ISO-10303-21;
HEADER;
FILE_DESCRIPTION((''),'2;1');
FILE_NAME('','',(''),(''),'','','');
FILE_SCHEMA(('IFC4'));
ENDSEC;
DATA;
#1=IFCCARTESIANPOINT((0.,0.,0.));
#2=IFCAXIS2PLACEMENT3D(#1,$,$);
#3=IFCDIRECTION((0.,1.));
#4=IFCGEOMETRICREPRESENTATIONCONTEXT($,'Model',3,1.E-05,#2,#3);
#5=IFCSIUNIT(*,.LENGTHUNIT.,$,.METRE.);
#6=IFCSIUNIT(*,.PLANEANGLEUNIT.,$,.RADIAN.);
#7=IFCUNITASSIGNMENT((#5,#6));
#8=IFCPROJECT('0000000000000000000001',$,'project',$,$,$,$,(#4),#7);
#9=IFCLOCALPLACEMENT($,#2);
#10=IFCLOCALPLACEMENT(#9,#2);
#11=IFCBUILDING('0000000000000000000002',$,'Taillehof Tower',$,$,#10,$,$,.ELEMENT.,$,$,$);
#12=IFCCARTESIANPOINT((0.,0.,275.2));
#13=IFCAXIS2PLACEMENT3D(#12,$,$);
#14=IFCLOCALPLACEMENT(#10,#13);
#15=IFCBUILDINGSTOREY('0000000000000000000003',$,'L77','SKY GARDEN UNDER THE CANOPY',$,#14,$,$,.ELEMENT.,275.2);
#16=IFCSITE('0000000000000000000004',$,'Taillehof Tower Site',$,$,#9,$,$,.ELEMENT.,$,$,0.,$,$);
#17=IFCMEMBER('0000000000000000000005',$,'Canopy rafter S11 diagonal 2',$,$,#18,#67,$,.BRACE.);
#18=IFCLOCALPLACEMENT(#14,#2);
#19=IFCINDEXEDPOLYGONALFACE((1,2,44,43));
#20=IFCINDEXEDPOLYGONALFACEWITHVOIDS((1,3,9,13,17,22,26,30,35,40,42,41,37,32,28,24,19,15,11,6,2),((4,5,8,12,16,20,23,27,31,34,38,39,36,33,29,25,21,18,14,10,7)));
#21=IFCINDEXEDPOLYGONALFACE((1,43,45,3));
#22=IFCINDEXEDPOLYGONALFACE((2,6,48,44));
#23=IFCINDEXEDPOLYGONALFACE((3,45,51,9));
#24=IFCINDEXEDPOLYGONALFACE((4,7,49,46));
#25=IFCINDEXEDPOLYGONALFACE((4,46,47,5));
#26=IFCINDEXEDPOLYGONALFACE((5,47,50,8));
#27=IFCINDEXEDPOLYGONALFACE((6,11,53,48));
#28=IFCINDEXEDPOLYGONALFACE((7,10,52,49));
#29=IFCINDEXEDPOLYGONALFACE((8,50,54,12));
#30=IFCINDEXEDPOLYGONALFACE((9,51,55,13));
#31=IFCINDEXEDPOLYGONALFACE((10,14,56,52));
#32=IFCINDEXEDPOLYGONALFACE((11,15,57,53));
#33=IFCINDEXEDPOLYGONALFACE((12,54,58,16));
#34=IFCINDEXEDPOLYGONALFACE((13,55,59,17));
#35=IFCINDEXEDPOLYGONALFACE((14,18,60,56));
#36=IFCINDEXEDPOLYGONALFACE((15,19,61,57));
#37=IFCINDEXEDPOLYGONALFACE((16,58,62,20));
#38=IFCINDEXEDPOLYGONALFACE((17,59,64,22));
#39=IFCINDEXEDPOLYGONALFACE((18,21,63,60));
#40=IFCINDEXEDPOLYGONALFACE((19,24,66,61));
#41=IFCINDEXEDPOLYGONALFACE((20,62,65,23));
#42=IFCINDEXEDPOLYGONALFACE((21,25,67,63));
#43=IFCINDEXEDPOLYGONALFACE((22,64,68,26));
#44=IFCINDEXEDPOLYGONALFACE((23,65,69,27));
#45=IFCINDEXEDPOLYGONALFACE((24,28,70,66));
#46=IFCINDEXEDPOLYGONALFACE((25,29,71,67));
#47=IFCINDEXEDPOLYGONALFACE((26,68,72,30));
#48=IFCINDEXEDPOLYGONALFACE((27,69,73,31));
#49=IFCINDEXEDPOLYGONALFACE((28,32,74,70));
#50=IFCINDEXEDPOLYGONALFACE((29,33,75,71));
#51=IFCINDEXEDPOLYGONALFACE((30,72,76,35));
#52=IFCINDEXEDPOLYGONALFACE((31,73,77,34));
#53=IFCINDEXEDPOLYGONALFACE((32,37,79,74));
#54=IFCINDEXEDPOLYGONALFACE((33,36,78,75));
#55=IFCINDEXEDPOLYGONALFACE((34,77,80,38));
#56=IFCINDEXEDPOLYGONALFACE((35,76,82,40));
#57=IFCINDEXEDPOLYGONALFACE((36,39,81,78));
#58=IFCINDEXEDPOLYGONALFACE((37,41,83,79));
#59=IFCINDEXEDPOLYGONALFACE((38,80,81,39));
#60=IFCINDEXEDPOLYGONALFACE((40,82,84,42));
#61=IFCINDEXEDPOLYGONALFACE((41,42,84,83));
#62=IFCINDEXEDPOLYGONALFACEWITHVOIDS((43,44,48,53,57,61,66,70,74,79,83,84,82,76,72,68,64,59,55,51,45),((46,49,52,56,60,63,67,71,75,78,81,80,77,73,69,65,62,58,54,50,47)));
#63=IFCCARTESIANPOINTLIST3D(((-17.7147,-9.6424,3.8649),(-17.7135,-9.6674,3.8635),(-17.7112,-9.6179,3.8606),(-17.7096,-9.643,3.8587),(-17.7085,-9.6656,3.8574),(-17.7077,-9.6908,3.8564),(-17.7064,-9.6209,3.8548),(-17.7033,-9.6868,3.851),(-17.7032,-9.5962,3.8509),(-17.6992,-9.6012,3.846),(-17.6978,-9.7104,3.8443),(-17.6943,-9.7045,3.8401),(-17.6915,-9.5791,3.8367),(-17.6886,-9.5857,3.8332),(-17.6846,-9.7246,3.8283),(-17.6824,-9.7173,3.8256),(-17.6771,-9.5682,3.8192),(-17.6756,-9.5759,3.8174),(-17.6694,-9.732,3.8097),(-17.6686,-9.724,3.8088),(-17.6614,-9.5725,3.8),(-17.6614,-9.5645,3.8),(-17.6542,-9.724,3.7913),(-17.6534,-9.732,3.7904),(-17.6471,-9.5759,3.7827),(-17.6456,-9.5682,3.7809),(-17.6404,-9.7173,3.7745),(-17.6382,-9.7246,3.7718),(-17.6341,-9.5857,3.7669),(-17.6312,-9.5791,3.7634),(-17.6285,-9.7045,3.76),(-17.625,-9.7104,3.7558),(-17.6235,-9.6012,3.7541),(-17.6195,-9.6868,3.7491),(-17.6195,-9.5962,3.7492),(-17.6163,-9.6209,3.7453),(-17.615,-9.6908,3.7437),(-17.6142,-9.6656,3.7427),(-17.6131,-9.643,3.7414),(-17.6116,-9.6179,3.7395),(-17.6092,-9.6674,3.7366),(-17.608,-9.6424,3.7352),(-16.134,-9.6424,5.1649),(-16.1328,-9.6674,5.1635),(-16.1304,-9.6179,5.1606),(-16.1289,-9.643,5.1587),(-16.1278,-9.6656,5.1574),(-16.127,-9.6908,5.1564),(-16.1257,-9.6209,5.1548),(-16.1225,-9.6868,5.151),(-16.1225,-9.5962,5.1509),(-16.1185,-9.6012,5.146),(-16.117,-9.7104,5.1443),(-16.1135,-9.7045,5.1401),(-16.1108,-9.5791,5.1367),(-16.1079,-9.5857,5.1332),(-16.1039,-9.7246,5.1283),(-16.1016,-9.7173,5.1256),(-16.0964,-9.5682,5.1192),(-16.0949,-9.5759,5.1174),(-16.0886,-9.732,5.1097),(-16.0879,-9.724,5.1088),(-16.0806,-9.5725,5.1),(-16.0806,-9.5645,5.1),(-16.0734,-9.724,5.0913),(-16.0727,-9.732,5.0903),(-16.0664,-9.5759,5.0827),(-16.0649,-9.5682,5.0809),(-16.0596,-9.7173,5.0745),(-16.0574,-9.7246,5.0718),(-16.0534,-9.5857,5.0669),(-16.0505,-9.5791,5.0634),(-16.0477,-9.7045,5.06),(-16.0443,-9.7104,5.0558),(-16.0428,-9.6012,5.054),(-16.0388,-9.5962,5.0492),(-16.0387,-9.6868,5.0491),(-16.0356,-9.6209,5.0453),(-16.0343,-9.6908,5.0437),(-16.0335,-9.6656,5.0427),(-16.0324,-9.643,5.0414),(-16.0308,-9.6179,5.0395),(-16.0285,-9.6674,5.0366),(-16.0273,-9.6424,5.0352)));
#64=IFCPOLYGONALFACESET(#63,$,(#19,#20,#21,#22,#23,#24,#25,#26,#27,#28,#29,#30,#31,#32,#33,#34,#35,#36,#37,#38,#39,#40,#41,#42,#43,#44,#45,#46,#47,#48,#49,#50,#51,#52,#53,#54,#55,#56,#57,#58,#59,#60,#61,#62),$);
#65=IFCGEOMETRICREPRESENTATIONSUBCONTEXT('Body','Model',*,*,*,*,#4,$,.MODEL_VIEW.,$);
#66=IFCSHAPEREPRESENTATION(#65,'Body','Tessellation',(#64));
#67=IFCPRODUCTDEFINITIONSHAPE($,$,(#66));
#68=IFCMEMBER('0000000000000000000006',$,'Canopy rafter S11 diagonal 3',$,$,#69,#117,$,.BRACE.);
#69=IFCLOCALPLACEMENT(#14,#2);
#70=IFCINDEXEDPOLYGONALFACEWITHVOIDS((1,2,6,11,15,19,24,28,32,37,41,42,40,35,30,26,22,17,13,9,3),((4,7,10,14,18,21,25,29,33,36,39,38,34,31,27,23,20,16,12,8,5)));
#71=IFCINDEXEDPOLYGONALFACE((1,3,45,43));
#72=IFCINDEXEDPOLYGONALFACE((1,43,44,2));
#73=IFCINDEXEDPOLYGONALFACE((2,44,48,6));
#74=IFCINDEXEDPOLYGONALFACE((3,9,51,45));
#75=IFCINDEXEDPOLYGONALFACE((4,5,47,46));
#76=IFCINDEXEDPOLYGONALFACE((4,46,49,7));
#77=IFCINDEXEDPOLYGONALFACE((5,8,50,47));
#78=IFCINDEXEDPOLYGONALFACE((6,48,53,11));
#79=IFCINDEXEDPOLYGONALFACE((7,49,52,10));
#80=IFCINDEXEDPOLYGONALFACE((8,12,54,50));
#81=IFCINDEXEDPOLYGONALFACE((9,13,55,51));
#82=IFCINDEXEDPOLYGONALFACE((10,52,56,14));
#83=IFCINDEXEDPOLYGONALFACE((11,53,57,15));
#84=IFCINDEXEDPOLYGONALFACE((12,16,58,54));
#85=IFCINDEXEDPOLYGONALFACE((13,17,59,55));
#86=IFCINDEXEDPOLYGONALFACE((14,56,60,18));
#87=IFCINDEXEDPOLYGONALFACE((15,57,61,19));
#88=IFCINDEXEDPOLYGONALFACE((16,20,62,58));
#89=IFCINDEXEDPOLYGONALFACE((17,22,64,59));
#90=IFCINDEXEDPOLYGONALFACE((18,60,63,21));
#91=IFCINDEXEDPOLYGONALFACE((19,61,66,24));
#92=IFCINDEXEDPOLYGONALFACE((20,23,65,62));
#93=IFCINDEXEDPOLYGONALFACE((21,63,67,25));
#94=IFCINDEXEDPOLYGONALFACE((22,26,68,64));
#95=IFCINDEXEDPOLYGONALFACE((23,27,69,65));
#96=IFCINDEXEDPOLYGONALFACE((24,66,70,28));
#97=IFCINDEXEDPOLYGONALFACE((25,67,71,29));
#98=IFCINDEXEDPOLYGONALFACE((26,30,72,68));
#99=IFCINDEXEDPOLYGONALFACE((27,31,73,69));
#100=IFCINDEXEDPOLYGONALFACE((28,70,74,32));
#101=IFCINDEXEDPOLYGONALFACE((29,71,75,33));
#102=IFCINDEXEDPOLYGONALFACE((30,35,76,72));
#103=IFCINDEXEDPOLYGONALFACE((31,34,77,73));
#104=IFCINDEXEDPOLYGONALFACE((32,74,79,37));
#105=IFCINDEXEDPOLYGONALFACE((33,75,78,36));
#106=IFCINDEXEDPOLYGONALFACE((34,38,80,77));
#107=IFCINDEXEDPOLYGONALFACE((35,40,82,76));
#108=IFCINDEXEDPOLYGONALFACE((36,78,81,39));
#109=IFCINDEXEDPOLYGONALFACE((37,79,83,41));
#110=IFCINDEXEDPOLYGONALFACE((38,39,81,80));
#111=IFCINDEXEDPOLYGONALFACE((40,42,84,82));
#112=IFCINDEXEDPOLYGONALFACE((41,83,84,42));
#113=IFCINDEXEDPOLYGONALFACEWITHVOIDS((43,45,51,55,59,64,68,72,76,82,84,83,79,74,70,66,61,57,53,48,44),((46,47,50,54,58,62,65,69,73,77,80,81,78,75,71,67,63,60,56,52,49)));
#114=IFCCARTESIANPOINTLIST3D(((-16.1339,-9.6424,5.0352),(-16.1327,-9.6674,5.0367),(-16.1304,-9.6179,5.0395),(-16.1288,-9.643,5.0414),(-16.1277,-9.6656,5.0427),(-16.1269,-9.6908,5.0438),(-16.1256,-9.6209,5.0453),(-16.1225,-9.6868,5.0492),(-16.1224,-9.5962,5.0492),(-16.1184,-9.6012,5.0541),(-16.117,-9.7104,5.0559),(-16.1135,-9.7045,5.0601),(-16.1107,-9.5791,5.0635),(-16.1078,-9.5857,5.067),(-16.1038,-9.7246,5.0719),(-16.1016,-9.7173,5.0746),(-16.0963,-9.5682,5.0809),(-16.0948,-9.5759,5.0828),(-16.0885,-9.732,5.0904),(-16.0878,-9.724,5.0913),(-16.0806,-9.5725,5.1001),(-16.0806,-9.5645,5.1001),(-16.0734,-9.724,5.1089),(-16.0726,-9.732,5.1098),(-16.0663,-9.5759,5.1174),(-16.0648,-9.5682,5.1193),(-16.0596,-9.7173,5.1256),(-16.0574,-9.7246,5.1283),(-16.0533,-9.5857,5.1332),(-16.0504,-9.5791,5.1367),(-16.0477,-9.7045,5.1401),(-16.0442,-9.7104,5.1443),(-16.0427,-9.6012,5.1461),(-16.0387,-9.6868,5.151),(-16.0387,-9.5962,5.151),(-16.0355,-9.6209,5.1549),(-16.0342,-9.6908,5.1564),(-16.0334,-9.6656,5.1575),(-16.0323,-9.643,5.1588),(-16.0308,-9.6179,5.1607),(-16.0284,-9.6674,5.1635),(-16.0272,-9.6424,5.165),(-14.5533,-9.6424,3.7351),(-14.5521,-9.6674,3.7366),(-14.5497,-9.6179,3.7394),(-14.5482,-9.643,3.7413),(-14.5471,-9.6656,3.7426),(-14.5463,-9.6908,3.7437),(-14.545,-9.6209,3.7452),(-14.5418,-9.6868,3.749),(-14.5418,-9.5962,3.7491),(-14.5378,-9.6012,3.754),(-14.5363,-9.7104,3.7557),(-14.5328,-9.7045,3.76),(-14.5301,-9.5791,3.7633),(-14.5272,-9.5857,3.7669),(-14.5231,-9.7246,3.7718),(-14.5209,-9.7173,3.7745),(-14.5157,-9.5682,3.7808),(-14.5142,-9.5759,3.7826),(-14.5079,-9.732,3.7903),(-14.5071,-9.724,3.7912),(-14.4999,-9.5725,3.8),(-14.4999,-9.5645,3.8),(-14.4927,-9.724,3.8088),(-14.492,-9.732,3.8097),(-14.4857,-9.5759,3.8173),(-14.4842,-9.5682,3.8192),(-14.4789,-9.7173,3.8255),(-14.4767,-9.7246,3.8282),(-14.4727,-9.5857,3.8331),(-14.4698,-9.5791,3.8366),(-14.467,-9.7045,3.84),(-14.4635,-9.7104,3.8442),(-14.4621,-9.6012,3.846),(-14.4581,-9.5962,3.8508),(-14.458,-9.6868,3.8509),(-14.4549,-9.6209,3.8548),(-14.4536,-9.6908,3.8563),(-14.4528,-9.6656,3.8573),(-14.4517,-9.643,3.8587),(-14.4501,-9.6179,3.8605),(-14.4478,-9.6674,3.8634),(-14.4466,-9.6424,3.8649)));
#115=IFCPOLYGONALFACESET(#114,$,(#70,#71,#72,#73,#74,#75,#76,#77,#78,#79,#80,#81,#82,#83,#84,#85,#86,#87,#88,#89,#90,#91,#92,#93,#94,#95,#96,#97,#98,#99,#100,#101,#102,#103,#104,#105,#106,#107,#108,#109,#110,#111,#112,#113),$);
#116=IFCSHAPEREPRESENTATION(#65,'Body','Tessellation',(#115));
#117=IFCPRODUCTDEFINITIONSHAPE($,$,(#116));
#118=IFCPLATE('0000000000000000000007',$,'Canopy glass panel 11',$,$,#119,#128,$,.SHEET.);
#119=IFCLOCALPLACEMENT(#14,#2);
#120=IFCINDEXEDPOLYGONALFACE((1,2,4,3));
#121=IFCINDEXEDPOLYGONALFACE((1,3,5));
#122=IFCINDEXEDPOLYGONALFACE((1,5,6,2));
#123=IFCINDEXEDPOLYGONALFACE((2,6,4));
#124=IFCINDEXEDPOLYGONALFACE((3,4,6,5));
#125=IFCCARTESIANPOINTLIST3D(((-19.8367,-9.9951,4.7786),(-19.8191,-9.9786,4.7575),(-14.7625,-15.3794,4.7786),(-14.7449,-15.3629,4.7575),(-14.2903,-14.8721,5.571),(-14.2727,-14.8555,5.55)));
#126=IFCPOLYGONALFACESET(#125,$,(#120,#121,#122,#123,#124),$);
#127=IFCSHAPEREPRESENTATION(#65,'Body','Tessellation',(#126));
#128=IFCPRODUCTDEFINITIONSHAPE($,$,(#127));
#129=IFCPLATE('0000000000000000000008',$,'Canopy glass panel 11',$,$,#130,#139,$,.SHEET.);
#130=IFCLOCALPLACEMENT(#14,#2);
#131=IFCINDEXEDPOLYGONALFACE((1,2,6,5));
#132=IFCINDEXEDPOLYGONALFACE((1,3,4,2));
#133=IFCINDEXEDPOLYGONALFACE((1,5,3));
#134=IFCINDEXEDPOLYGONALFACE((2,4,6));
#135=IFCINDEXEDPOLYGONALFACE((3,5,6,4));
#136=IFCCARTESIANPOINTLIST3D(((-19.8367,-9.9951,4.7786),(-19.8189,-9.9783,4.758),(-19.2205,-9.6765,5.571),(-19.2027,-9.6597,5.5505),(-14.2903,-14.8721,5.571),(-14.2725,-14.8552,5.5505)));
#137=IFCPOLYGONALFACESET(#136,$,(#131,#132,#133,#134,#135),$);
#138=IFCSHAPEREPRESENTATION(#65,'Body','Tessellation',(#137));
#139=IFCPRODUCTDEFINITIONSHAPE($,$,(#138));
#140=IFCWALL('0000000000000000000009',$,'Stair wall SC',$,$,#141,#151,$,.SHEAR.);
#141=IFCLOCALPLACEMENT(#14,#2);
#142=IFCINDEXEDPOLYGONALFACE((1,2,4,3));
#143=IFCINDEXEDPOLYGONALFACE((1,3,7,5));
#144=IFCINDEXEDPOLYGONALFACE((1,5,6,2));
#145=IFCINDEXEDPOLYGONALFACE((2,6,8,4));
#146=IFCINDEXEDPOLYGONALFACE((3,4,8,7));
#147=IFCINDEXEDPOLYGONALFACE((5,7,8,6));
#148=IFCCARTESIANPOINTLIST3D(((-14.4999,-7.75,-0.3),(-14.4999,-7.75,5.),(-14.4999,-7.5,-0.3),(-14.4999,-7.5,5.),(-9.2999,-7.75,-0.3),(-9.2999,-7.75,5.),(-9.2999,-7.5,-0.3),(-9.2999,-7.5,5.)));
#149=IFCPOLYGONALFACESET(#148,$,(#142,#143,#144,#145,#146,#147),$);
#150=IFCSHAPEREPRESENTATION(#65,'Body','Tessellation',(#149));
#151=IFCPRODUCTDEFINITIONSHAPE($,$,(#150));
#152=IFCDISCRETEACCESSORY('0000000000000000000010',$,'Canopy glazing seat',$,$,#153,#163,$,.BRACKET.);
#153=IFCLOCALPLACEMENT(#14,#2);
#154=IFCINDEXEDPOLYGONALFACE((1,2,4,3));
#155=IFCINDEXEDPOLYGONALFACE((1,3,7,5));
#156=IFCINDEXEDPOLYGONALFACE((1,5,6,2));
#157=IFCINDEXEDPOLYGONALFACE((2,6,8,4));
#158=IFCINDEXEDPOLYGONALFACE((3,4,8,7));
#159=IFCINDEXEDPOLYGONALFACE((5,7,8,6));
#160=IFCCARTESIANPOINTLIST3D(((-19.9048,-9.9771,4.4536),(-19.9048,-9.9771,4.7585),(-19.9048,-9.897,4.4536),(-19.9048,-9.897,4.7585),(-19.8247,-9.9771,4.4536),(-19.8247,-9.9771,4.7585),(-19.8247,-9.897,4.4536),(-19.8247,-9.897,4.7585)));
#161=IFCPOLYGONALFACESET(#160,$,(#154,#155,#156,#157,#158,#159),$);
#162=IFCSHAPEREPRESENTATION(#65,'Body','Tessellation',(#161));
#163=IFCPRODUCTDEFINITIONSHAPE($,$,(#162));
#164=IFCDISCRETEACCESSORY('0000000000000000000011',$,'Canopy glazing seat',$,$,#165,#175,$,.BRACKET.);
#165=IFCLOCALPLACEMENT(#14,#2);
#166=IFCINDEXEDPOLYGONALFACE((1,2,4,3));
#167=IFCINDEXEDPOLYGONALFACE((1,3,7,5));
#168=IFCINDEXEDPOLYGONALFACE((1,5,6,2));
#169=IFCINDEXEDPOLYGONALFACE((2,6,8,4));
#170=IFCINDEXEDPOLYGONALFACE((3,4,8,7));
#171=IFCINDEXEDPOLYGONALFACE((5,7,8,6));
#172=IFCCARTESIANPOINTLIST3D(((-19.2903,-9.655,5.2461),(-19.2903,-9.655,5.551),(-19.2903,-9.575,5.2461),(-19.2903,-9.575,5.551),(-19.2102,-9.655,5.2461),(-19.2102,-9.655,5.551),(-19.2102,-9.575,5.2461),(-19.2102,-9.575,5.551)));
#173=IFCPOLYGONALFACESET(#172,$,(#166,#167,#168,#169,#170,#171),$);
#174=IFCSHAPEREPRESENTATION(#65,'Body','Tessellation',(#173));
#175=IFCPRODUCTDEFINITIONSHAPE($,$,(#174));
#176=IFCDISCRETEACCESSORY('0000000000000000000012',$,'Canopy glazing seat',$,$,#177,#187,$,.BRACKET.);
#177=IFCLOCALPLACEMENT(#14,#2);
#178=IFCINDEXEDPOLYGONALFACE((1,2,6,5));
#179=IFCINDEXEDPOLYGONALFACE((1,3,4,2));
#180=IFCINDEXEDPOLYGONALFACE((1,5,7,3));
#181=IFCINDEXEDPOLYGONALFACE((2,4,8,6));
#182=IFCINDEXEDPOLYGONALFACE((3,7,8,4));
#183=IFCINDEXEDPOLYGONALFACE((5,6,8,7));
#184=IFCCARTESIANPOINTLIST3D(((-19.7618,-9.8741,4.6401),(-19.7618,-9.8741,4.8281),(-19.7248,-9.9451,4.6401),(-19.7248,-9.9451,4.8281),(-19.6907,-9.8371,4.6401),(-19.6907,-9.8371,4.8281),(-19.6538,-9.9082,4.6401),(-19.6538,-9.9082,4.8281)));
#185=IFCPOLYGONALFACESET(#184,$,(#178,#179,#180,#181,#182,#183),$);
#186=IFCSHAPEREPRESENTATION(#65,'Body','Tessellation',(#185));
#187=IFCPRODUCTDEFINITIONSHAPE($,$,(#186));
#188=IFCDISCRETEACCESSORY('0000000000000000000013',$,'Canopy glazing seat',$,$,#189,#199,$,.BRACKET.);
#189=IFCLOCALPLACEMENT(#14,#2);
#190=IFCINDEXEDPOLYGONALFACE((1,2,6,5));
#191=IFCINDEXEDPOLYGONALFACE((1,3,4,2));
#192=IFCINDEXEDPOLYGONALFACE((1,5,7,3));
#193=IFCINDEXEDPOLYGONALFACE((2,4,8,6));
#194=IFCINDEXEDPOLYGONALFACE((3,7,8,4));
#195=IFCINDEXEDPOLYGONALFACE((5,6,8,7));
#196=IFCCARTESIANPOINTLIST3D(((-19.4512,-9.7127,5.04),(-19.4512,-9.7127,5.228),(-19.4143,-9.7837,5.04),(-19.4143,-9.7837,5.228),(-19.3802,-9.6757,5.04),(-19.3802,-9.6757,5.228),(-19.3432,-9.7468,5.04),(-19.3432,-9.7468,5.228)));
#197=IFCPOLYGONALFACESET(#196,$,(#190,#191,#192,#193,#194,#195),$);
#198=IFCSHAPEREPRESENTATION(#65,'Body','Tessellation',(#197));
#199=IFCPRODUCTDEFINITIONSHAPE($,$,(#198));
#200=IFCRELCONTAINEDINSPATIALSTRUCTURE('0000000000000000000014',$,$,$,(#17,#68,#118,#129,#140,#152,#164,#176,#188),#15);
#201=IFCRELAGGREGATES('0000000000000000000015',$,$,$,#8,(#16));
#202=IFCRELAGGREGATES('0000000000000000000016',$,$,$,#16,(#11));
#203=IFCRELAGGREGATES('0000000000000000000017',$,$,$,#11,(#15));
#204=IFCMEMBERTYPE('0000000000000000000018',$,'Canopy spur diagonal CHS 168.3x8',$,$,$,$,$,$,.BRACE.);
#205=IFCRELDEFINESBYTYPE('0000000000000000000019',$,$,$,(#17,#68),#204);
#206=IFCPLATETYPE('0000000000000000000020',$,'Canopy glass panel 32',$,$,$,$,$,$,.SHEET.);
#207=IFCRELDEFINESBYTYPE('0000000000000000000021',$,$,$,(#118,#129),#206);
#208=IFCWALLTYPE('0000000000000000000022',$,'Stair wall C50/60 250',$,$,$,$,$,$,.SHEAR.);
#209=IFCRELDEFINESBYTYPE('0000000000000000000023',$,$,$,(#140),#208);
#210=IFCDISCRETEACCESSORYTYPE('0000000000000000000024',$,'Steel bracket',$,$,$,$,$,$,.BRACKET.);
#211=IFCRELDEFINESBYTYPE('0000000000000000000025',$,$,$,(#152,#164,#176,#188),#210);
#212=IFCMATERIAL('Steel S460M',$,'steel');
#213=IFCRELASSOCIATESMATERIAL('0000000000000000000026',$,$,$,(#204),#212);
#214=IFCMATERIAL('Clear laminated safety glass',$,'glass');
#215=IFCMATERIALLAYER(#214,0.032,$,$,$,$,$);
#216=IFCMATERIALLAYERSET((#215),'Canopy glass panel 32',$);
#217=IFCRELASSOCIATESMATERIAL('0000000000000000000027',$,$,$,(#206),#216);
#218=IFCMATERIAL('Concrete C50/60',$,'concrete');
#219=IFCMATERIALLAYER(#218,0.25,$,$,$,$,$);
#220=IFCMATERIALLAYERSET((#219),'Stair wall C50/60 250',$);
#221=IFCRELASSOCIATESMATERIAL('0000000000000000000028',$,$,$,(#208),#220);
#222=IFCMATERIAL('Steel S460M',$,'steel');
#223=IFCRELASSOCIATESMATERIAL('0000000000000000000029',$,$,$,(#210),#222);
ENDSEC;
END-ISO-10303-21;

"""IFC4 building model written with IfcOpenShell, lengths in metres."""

from ifc_helpers import new_model, si_unit, direction, frame, frame_2d, origin, origin_2d, place, context, subcontext, project, spatial, polyline, rectangle, hollow_circle, outline, extrude, material, layer, layer_set, material_profile, profile_set, type_object, element, save


model = new_model("IFC4")

# Units and contexts
model_context = context("Model", 3, precision=1e-05, world=origin(), true_north=direction((0.0, 1.0)))
body_context = subcontext(model_context, "Body", "Model", "MODEL_VIEW")
ifc_project = project(units=[si_unit("LENGTHUNIT", "METRE"), si_unit("PLANEANGLEUNIT", "RADIAN")], contexts=[model_context])

# Site, building, storey
site_placement = place(None, origin())
site = spatial("IfcSite", under=ifc_project, at=site_placement, Name="Taillehof Tower Site", CompositionType="ELEMENT", RefElevation=0.0)
building_placement = place(site_placement, origin())
building = spatial("IfcBuilding", under=site, at=building_placement, Name="Taillehof Tower", CompositionType="ELEMENT")
storey_placement = place(building_placement, frame((0.0, 0.0, 275.2)))
storey = spatial("IfcBuildingStorey", under=building, at=storey_placement, Name="L77", Description="SKY GARDEN UNDER THE CANOPY", CompositionType="ELEMENT", Elevation=275.2)

# Members
ifc_material_1 = material(Name="Steel S460M", Category="steel")
ifc_material_profile_1 = material_profile(ifc_material_1, hollow_circle(Radius=0.0842, WallThickness=0.0081, at=origin_2d()), Name="CHS 168.3x8")
ifc_profile_set_1 = profile_set([ifc_material_profile_1], Name="Steel S460M")
member_type_1 = type_object("IfcMemberType", Name="Canopy spur diagonal CHS 168.3x8", PredefinedType="BRACE", material=ifc_profile_set_1)
for number, where, z_axis, x_axis, name in (
    (1, (-17.6614, -9.6487, 3.8), (0.77236, 0.0, 0.635184), (0.0, 1.0, 0.0), "Canopy rafter S11 diagonal 2"),
    (2, (-16.0806, -9.6487, 5.1001), (0.772312, 0.0, -0.635243), (0.0, 1.0, 0.0), "Canopy rafter S11 diagonal 3"),
):
    element("IfcMember", number, at=place(storey_placement, frame(where, z_axis=z_axis, x_axis=x_axis)), inside=storey, type_object=member_type_1, Name=name, PredefinedType="BRACE", context=body_context, shape_type="SweptSolid", body=[
        extrude(hollow_circle(Radius=0.0842, WallThickness=0.0081, at=origin_2d()), origin(), (0.0, 0.0, 1.0), 2.0466),
    ])

# Plates
ifc_material_2 = material(Name="Clear laminated safety glass", Category="glass")
ifc_layer_1 = layer(ifc_material_2, 0.032)
ifc_layer_set_1 = layer_set([ifc_layer_1], Name="Canopy glass panel 32")
plate_type = type_object("IfcPlateType", Name="Canopy glass panel 32", PredefinedType="SHEET", material=ifc_layer_set_1)
plate_1_placement = place(storey_placement, frame((-19.8367, -9.9951, 4.7786), z_axis=(-0.548324, -0.516748, 0.657505), x_axis=(0.685842, -0.72775, 0.0)))
element("IfcPlate", 3, at=plate_1_placement, inside=storey, type_object=plate_type, Name="Canopy glass panel 11", PredefinedType="SHEET", context=body_context, shape_type="SweptSolid", body=[
    extrude(outline(polyline([(0.0, 0.0), (7.3985, 0.0), (7.3532, 1.0518), (0.0, 0.0)])), origin(), (0.0, 0.0, -1.0), 0.032),
])
plate_2_placement = place(storey_placement, frame((-19.8367, -9.9951, 4.7786), z_axis=(-0.555222, -0.526862, 0.643541), x_axis=(0.746687, -0.656564, 0.106688)))
element("IfcPlate", 4, at=plate_2_placement, inside=storey, type_object=plate_type, Name="Canopy glass panel 11", PredefinedType="SHEET", context=body_context, shape_type="SweptSolid", body=[
    extrude(outline(polyline([(0.0, 0.0), (7.428, 0.0), (0.3355, 0.9983), (0.0, 0.0)])), origin(), (0.0, 0.0, -1.0), 0.032),
])

# Wall
ifc_material_3 = material(Name="Concrete C50/60", Category="concrete")
ifc_layer_2 = layer(ifc_material_3, 0.25)
ifc_layer_set_2 = layer_set([ifc_layer_2], Name="Stair wall C50/60 250")
wall_type = type_object("IfcWallType", Name="Stair wall C50/60 250", PredefinedType="SHEAR", material=ifc_layer_set_2)
wall_placement = place(storey_placement, frame((-14.5, -7.625, -0.3), z_axis=(0.0, 0.0, 1.0), x_axis=(1.0, 0.0, 0.0)))
element("IfcWall", 5, at=wall_placement, inside=storey, type_object=wall_type, Name="Stair wall SC", PredefinedType="SHEAR", context=body_context, shape_type="SweptSolid", body=[
    extrude(rectangle(XDim=5.2, YDim=0.25, at=frame_2d((2.6001, 0.0))), origin(), (0.0, 0.0, 1.0), 5.3),
])

# Discrete accessories
ifc_material_4 = material(Name="Steel S460M", Category="steel")
discrete_accessory_type_1 = type_object("IfcDiscreteAccessoryType", Name="Steel bracket", PredefinedType="BRACKET", material=ifc_material_4)
for number, where, z_axis, x_axis, name in (
    (6, (-19.8647, -9.937, 4.4536), (0.0, 0.0, 1.0), (1.0, 0.0, 0.0), "Canopy glazing seat"),
    (7, (-19.2502, -9.615, 5.2461), (0.0, 0.0, 1.0), (1.0, 0.0, 0.0), "Canopy glazing seat"),
):
    element("IfcDiscreteAccessory", number, at=place(storey_placement, frame(where, z_axis=z_axis, x_axis=x_axis)), inside=storey, type_object=discrete_accessory_type_1, Name=name, PredefinedType="BRACKET", context=body_context, shape_type="SweptSolid", body=[
        extrude(rectangle(XDim=0.0801, YDim=0.0801, at=origin_2d()), origin(), (0.0, 0.0, 1.0), 0.3049),
    ])
for number, where, z_axis, x_axis, name in (
    (8, (-19.7078, -9.8911, 4.6401), (0.0, 0.0, 1.0), (0.88717, 0.461442, 0.0), "Canopy glazing seat"),
    (9, (-19.3972, -9.7297, 5.04), (0.0, 0.0, 1.0), (0.88717, 0.461442, 0.0), "Canopy glazing seat"),
):
    element("IfcDiscreteAccessory", number, at=place(storey_placement, frame(where, z_axis=z_axis, x_axis=x_axis)), inside=storey, type_object=discrete_accessory_type_1, Name=name, PredefinedType="BRACKET", context=body_context, shape_type="SweptSolid", body=[
        extrude(rectangle(XDim=0.0801, YDim=0.0801, at=origin_2d()), origin(), (0.0, 0.0, 1.0), 0.188),
    ])

save(model, "model.ifc")
